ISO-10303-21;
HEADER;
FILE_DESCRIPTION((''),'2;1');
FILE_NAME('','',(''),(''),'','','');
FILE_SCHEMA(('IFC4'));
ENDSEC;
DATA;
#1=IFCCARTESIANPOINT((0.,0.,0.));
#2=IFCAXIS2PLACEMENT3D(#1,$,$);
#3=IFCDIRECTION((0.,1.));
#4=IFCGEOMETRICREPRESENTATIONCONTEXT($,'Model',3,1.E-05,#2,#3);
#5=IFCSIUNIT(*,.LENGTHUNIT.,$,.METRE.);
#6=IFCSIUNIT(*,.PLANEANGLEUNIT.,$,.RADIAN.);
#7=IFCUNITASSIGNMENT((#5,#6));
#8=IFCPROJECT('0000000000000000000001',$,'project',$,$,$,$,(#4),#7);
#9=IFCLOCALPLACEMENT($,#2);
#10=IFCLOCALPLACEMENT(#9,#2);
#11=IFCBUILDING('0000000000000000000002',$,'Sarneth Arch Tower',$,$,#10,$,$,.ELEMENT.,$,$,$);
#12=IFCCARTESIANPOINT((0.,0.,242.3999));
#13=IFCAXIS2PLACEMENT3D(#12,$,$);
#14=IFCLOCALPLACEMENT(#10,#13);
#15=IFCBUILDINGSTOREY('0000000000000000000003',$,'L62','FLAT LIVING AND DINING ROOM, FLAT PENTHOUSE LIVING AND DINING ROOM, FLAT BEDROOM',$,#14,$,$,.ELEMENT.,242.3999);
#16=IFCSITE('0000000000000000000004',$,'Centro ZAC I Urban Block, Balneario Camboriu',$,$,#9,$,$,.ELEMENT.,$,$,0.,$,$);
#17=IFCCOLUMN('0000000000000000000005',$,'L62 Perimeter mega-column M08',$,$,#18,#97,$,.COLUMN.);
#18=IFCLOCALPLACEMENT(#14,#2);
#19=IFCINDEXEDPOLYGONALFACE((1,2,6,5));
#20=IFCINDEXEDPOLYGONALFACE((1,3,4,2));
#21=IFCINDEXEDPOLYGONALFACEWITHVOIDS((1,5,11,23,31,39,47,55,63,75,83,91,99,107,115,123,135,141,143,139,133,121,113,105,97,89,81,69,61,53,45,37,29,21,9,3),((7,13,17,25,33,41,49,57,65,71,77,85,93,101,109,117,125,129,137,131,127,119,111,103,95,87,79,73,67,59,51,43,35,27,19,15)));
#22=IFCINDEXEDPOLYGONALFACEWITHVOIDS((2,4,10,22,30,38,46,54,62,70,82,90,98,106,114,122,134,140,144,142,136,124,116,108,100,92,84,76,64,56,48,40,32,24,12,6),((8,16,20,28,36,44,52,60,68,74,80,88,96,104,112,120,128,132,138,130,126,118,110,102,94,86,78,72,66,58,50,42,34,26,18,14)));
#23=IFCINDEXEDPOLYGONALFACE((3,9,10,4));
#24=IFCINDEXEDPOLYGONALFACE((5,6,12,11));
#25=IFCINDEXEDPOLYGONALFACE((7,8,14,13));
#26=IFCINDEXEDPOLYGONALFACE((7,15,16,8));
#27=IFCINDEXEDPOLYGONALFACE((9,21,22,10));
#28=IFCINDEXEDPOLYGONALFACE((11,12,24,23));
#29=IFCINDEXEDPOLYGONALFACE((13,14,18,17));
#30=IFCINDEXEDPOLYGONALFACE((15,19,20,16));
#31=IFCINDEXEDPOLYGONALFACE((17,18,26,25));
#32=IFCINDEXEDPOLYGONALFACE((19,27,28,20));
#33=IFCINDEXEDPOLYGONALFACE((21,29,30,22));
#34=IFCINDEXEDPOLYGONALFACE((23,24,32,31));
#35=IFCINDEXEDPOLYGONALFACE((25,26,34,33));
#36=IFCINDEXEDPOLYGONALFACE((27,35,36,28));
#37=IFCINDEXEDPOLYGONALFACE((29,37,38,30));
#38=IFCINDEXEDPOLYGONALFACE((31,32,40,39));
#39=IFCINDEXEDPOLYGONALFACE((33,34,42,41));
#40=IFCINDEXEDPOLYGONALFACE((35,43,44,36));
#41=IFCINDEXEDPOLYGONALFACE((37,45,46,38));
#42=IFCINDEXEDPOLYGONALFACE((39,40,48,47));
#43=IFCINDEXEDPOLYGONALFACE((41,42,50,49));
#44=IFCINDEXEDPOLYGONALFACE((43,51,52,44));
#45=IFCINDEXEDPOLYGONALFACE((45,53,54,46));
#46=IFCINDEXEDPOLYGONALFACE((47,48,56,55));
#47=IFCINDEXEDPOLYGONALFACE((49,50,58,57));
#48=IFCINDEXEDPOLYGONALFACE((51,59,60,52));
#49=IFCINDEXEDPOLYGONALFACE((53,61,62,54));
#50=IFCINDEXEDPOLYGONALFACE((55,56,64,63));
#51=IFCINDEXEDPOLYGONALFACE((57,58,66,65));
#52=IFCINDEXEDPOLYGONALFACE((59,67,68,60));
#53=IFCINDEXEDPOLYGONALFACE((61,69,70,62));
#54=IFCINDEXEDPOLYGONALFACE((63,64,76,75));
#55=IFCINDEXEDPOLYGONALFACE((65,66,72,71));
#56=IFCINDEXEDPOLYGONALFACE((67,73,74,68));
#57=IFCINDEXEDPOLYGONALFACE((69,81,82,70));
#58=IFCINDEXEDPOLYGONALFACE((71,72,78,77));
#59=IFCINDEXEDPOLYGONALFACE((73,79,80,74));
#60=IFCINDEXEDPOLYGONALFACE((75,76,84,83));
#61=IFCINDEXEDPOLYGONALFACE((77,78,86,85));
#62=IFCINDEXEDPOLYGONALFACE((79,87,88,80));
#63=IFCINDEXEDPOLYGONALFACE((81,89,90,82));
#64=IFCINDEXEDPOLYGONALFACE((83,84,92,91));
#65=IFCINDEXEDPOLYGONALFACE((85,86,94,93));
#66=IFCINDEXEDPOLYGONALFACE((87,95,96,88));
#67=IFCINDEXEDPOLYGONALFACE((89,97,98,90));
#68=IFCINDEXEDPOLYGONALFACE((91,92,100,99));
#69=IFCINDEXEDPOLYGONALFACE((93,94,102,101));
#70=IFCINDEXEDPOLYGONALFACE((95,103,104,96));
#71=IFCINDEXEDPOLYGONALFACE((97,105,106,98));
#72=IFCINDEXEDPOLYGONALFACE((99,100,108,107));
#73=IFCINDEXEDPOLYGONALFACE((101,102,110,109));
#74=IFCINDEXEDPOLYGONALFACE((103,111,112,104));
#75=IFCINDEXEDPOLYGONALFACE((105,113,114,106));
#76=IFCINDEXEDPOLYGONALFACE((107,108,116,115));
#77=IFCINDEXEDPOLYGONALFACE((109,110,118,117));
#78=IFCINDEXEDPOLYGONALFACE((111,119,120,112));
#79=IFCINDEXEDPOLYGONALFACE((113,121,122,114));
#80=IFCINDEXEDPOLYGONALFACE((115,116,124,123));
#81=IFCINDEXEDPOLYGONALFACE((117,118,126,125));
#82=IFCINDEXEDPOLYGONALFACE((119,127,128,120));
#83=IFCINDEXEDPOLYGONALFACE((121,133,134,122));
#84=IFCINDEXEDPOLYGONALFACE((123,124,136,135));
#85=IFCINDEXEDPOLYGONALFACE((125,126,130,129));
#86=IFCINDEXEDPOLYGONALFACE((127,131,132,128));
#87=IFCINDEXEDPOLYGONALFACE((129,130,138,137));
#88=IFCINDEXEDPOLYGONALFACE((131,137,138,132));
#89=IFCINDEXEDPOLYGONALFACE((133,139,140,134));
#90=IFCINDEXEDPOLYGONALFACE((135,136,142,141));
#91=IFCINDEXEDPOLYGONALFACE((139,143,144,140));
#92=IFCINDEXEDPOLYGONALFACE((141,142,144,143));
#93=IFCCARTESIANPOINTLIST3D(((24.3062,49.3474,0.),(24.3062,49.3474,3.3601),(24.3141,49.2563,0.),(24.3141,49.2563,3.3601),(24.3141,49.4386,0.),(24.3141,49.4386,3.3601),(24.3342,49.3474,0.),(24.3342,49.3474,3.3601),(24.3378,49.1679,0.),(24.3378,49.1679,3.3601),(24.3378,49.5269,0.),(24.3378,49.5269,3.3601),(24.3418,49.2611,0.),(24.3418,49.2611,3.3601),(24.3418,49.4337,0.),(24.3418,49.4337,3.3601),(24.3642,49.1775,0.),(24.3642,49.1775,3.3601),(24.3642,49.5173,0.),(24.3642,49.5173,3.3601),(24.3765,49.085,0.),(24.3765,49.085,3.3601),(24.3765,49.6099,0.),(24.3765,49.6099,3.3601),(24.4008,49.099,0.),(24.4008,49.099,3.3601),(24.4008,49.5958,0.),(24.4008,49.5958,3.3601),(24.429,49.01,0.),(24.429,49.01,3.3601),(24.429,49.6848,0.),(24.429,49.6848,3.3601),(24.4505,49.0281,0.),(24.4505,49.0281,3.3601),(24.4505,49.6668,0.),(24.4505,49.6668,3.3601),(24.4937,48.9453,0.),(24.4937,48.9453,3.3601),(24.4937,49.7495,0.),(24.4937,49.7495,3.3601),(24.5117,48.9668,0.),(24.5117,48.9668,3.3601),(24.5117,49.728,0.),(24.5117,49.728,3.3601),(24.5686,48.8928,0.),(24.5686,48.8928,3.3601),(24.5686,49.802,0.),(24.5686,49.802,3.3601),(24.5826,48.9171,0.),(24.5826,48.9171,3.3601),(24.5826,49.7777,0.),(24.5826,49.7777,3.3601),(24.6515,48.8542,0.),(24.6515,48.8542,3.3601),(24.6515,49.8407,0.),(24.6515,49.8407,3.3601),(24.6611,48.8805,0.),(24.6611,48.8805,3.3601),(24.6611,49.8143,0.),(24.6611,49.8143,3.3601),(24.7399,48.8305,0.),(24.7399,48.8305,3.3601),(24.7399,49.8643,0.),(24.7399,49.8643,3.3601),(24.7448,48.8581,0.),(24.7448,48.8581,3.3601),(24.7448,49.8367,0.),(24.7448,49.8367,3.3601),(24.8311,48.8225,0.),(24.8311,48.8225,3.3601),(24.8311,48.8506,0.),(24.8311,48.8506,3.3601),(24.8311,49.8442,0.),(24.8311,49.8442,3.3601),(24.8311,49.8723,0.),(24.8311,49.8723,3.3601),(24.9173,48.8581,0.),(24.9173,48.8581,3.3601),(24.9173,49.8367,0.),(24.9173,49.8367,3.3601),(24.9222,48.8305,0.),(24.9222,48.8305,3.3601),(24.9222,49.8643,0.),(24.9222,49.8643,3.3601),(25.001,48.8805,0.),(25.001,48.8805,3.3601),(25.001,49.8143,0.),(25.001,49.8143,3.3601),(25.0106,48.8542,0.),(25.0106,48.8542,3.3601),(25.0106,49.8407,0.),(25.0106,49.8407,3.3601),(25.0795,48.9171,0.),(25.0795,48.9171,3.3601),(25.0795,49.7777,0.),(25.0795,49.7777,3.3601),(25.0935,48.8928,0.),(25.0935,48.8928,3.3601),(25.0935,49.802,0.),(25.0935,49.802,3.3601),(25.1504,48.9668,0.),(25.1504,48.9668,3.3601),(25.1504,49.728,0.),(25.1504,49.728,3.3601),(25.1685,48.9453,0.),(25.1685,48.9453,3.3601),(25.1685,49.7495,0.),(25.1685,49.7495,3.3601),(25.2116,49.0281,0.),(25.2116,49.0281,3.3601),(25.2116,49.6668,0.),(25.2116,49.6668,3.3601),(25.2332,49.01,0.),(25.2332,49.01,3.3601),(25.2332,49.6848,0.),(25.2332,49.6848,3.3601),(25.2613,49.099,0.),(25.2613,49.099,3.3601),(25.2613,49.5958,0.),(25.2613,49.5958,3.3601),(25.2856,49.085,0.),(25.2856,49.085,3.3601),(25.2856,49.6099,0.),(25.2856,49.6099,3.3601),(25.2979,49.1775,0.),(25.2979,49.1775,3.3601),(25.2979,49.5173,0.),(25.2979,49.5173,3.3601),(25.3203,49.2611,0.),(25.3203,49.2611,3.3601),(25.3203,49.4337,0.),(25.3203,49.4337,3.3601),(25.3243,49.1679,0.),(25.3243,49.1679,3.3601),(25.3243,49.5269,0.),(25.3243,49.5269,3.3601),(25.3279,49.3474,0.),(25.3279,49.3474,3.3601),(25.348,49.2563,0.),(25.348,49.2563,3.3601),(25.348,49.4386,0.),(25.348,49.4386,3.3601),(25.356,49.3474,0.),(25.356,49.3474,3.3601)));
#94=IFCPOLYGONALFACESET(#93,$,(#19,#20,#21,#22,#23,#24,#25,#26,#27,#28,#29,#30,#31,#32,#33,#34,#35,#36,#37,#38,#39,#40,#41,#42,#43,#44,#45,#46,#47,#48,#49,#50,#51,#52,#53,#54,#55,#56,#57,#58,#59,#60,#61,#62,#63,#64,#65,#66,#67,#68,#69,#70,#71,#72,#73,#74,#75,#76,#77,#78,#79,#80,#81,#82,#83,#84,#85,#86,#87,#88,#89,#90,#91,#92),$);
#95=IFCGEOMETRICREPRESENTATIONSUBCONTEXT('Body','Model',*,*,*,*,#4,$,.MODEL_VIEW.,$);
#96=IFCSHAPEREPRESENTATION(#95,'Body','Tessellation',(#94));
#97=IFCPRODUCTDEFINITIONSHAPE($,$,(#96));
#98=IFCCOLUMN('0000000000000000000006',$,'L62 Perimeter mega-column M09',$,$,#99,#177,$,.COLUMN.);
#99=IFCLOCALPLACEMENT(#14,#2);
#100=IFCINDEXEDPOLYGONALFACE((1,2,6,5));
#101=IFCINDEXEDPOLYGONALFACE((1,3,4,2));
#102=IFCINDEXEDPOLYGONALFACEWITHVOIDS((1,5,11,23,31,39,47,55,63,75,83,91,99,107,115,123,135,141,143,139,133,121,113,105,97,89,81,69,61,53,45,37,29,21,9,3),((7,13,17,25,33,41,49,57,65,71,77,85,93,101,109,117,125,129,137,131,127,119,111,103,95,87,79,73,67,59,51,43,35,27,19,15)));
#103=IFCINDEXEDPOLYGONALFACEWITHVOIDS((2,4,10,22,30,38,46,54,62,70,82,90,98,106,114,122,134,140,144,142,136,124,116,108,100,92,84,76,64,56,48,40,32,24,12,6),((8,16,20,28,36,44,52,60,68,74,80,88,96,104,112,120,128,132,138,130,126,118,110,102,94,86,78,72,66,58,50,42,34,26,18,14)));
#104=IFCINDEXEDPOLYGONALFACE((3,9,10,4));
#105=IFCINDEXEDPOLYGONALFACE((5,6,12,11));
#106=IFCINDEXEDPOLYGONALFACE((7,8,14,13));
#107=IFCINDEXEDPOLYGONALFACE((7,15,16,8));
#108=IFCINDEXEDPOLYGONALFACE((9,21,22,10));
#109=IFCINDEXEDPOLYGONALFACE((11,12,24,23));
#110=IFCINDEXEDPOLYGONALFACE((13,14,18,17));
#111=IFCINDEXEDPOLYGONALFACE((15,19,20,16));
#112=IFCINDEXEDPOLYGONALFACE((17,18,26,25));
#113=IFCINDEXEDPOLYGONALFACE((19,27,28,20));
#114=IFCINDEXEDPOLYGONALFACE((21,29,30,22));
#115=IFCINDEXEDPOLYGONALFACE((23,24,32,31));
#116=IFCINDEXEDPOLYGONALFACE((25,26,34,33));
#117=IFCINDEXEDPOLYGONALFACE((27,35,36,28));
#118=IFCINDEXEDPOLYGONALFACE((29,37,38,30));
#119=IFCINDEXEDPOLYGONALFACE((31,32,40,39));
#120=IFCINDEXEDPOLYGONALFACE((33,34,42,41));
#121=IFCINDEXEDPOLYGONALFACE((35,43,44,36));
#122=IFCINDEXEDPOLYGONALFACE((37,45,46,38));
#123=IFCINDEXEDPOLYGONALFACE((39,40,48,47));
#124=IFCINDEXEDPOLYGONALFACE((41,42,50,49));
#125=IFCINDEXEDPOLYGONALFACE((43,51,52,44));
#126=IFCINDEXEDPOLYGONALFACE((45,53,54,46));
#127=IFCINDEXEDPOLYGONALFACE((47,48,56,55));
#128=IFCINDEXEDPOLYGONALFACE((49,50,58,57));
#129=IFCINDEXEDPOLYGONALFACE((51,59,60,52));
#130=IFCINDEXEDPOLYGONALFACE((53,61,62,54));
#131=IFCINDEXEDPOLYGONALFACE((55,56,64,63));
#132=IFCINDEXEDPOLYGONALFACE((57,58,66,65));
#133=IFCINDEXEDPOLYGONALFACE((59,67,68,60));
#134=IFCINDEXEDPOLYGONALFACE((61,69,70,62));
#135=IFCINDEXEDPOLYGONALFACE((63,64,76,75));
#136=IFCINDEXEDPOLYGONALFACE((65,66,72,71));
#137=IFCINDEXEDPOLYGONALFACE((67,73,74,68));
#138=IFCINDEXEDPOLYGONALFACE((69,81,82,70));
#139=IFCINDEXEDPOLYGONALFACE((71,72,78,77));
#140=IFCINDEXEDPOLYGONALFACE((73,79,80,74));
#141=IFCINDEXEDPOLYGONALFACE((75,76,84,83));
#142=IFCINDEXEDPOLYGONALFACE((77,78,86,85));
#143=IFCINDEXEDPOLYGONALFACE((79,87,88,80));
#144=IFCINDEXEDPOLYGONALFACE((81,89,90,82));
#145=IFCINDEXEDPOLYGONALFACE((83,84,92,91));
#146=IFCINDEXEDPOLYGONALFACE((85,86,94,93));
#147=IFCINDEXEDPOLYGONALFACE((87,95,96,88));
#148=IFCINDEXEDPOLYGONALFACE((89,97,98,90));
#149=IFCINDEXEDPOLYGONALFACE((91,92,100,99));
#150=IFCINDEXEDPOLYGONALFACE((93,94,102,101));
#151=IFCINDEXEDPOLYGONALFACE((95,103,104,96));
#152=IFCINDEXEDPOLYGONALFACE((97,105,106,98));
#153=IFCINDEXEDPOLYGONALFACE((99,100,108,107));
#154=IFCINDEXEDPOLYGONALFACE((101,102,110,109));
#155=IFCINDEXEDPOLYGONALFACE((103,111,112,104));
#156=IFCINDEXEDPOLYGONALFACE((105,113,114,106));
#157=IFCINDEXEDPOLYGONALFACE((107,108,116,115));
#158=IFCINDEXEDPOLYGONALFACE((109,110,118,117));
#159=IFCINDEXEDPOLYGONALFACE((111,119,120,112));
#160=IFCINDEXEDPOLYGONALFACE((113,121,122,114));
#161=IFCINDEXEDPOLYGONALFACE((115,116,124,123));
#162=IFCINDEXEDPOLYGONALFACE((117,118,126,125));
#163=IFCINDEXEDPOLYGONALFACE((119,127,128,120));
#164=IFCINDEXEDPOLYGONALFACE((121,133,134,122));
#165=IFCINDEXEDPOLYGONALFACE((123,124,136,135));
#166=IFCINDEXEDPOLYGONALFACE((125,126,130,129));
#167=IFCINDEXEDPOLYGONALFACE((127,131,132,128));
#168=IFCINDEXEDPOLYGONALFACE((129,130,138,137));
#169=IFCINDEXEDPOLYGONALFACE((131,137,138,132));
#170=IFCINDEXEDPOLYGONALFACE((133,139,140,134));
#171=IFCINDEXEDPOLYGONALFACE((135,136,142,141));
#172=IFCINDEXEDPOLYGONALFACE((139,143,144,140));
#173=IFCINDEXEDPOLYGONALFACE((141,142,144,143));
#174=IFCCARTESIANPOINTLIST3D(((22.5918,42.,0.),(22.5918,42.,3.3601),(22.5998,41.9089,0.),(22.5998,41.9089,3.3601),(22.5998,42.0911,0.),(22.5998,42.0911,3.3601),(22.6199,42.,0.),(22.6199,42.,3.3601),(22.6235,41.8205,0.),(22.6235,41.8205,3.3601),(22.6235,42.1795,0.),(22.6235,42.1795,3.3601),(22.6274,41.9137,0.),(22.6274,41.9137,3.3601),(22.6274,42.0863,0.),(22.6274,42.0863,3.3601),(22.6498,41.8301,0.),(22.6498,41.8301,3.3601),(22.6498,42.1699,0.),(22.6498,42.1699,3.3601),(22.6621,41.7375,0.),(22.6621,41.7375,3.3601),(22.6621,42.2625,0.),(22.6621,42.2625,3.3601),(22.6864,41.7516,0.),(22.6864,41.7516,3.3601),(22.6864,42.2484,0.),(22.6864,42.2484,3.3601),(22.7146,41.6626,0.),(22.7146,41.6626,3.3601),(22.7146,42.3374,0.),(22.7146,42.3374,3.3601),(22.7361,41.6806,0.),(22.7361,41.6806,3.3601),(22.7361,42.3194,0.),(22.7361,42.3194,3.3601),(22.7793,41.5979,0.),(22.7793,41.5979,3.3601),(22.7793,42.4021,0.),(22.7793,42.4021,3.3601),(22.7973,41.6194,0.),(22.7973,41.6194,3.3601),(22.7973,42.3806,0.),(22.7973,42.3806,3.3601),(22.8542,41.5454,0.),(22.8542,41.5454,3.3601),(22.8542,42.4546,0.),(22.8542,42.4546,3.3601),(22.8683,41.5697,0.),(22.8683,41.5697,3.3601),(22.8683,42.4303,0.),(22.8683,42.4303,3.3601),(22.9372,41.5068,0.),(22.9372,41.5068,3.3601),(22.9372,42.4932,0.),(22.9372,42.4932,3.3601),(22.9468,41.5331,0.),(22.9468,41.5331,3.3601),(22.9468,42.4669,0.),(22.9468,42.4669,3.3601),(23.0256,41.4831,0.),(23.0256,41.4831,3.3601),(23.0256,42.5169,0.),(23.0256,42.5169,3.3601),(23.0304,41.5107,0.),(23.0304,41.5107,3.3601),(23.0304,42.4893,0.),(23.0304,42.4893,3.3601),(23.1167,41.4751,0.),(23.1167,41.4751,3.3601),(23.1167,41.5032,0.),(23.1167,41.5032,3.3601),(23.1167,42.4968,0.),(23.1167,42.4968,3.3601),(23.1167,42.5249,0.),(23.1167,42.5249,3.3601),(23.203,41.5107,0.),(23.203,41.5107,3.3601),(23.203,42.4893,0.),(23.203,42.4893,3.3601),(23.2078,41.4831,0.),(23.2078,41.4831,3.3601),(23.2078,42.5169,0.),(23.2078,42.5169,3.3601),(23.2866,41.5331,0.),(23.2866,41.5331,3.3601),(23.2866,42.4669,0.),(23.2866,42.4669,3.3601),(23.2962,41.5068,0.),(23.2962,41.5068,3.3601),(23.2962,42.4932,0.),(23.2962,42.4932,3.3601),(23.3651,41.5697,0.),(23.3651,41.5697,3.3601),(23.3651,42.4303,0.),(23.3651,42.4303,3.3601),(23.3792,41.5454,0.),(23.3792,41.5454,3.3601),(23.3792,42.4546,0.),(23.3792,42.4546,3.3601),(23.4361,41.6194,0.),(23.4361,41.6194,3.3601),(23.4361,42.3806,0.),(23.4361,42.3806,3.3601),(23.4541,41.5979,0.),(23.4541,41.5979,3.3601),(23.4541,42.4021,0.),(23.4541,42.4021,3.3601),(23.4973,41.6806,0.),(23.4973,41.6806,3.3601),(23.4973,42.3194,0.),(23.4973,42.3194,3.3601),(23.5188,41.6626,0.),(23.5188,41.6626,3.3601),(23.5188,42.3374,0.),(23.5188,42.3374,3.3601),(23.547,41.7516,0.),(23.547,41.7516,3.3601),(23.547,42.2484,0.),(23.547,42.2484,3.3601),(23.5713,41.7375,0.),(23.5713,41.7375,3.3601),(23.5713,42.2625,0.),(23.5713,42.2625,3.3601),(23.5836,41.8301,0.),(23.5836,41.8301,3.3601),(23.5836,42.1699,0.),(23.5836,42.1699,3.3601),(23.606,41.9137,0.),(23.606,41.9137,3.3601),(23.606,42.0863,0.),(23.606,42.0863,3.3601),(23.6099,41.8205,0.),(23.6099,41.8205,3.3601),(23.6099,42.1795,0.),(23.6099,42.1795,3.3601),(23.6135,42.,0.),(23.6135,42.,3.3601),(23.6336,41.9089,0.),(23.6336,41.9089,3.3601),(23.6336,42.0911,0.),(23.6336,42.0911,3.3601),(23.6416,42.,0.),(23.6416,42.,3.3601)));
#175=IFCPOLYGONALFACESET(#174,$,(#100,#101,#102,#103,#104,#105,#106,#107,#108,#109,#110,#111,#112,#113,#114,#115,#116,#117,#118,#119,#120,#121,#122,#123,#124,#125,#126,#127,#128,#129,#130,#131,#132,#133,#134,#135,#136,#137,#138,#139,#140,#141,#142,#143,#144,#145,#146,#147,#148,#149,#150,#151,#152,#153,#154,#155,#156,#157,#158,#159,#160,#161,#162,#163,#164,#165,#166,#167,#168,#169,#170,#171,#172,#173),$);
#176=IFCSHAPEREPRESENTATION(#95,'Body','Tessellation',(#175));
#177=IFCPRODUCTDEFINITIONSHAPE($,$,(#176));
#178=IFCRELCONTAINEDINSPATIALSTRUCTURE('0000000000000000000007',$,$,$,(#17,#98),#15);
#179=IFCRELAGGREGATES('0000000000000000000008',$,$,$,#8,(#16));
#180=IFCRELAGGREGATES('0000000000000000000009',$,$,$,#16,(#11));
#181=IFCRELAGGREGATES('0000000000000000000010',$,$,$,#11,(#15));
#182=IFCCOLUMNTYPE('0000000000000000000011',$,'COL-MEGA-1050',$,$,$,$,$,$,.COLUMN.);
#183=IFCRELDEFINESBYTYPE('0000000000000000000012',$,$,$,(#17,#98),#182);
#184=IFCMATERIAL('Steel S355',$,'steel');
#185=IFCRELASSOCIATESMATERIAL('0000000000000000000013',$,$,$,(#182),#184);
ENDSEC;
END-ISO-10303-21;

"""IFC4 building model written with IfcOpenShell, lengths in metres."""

from ifc_helpers import new_model, si_unit, direction, frame, origin, origin_2d, place, context, subcontext, project, spatial, hollow_circle, extrude, material, material_profile, profile_set, type_object, element, save


model = new_model("IFC4")

# Units and contexts
model_context = context("Model", 3, precision=1e-05, world=origin(), true_north=direction((0.0, 1.0)))
body_context = subcontext(model_context, "Body", "Model", "MODEL_VIEW")
ifc_project = project(units=[si_unit("LENGTHUNIT", "METRE"), si_unit("PLANEANGLEUNIT", "RADIAN")], contexts=[model_context])

# Site, building, storey
site_placement = place(None, origin())
site = spatial("IfcSite", under=ifc_project, at=site_placement, Name="Centro ZAC I Urban Block, Balneario Camboriu", CompositionType="ELEMENT", RefElevation=0.0)
building_placement = place(site_placement, origin())
building = spatial("IfcBuilding", under=site, at=building_placement, Name="Sarneth Arch Tower", CompositionType="ELEMENT")
storey_placement = place(building_placement, frame((0.0, 0.0, 242.3999)))
storey = spatial("IfcBuildingStorey", under=building, at=storey_placement, Name="L62", Description="FLAT LIVING AND DINING ROOM, FLAT PENTHOUSE LIVING AND DINING ROOM, FLAT BEDROOM", CompositionType="ELEMENT", Elevation=242.3999)

# Columns
ifc_material_1 = material(Name="Steel S355", Category="steel")
ifc_material_profile_1 = material_profile(ifc_material_1, hollow_circle(Radius=0.5249, WallThickness=0.0281, at=origin_2d()), Name="CHS1050x28")
ifc_profile_set_1 = profile_set([ifc_material_profile_1], Name="Steel S355")
column_type = type_object("IfcColumnType", Name="COL-MEGA-1050", PredefinedType="COLUMN", material=ifc_profile_set_1)
for number, where, z_axis, x_axis, name in (
    (1, (24.8311, 49.3474, 0.0), (0.0, 0.0, 1.0), (1.0, 0.0, 0.0), "L62 Perimeter mega-column M08"),
    (2, (23.1167, 42.0, 0.0), (0.0, 0.0, 1.0), (1.0, 0.0, 0.0), "L62 Perimeter mega-column M09"),
):
    element("IfcColumn", number, at=place(storey_placement, frame(where, z_axis=z_axis, x_axis=x_axis)), inside=storey, type_object=column_type, Name=name, PredefinedType="COLUMN", context=body_context, shape_type="SweptSolid", body=[
        extrude(hollow_circle(Radius=0.5249, WallThickness=0.0281, at=origin_2d()), origin(), (0.0, 0.0, 1.0), 3.3601),
    ])

save(model, "model.ifc")
